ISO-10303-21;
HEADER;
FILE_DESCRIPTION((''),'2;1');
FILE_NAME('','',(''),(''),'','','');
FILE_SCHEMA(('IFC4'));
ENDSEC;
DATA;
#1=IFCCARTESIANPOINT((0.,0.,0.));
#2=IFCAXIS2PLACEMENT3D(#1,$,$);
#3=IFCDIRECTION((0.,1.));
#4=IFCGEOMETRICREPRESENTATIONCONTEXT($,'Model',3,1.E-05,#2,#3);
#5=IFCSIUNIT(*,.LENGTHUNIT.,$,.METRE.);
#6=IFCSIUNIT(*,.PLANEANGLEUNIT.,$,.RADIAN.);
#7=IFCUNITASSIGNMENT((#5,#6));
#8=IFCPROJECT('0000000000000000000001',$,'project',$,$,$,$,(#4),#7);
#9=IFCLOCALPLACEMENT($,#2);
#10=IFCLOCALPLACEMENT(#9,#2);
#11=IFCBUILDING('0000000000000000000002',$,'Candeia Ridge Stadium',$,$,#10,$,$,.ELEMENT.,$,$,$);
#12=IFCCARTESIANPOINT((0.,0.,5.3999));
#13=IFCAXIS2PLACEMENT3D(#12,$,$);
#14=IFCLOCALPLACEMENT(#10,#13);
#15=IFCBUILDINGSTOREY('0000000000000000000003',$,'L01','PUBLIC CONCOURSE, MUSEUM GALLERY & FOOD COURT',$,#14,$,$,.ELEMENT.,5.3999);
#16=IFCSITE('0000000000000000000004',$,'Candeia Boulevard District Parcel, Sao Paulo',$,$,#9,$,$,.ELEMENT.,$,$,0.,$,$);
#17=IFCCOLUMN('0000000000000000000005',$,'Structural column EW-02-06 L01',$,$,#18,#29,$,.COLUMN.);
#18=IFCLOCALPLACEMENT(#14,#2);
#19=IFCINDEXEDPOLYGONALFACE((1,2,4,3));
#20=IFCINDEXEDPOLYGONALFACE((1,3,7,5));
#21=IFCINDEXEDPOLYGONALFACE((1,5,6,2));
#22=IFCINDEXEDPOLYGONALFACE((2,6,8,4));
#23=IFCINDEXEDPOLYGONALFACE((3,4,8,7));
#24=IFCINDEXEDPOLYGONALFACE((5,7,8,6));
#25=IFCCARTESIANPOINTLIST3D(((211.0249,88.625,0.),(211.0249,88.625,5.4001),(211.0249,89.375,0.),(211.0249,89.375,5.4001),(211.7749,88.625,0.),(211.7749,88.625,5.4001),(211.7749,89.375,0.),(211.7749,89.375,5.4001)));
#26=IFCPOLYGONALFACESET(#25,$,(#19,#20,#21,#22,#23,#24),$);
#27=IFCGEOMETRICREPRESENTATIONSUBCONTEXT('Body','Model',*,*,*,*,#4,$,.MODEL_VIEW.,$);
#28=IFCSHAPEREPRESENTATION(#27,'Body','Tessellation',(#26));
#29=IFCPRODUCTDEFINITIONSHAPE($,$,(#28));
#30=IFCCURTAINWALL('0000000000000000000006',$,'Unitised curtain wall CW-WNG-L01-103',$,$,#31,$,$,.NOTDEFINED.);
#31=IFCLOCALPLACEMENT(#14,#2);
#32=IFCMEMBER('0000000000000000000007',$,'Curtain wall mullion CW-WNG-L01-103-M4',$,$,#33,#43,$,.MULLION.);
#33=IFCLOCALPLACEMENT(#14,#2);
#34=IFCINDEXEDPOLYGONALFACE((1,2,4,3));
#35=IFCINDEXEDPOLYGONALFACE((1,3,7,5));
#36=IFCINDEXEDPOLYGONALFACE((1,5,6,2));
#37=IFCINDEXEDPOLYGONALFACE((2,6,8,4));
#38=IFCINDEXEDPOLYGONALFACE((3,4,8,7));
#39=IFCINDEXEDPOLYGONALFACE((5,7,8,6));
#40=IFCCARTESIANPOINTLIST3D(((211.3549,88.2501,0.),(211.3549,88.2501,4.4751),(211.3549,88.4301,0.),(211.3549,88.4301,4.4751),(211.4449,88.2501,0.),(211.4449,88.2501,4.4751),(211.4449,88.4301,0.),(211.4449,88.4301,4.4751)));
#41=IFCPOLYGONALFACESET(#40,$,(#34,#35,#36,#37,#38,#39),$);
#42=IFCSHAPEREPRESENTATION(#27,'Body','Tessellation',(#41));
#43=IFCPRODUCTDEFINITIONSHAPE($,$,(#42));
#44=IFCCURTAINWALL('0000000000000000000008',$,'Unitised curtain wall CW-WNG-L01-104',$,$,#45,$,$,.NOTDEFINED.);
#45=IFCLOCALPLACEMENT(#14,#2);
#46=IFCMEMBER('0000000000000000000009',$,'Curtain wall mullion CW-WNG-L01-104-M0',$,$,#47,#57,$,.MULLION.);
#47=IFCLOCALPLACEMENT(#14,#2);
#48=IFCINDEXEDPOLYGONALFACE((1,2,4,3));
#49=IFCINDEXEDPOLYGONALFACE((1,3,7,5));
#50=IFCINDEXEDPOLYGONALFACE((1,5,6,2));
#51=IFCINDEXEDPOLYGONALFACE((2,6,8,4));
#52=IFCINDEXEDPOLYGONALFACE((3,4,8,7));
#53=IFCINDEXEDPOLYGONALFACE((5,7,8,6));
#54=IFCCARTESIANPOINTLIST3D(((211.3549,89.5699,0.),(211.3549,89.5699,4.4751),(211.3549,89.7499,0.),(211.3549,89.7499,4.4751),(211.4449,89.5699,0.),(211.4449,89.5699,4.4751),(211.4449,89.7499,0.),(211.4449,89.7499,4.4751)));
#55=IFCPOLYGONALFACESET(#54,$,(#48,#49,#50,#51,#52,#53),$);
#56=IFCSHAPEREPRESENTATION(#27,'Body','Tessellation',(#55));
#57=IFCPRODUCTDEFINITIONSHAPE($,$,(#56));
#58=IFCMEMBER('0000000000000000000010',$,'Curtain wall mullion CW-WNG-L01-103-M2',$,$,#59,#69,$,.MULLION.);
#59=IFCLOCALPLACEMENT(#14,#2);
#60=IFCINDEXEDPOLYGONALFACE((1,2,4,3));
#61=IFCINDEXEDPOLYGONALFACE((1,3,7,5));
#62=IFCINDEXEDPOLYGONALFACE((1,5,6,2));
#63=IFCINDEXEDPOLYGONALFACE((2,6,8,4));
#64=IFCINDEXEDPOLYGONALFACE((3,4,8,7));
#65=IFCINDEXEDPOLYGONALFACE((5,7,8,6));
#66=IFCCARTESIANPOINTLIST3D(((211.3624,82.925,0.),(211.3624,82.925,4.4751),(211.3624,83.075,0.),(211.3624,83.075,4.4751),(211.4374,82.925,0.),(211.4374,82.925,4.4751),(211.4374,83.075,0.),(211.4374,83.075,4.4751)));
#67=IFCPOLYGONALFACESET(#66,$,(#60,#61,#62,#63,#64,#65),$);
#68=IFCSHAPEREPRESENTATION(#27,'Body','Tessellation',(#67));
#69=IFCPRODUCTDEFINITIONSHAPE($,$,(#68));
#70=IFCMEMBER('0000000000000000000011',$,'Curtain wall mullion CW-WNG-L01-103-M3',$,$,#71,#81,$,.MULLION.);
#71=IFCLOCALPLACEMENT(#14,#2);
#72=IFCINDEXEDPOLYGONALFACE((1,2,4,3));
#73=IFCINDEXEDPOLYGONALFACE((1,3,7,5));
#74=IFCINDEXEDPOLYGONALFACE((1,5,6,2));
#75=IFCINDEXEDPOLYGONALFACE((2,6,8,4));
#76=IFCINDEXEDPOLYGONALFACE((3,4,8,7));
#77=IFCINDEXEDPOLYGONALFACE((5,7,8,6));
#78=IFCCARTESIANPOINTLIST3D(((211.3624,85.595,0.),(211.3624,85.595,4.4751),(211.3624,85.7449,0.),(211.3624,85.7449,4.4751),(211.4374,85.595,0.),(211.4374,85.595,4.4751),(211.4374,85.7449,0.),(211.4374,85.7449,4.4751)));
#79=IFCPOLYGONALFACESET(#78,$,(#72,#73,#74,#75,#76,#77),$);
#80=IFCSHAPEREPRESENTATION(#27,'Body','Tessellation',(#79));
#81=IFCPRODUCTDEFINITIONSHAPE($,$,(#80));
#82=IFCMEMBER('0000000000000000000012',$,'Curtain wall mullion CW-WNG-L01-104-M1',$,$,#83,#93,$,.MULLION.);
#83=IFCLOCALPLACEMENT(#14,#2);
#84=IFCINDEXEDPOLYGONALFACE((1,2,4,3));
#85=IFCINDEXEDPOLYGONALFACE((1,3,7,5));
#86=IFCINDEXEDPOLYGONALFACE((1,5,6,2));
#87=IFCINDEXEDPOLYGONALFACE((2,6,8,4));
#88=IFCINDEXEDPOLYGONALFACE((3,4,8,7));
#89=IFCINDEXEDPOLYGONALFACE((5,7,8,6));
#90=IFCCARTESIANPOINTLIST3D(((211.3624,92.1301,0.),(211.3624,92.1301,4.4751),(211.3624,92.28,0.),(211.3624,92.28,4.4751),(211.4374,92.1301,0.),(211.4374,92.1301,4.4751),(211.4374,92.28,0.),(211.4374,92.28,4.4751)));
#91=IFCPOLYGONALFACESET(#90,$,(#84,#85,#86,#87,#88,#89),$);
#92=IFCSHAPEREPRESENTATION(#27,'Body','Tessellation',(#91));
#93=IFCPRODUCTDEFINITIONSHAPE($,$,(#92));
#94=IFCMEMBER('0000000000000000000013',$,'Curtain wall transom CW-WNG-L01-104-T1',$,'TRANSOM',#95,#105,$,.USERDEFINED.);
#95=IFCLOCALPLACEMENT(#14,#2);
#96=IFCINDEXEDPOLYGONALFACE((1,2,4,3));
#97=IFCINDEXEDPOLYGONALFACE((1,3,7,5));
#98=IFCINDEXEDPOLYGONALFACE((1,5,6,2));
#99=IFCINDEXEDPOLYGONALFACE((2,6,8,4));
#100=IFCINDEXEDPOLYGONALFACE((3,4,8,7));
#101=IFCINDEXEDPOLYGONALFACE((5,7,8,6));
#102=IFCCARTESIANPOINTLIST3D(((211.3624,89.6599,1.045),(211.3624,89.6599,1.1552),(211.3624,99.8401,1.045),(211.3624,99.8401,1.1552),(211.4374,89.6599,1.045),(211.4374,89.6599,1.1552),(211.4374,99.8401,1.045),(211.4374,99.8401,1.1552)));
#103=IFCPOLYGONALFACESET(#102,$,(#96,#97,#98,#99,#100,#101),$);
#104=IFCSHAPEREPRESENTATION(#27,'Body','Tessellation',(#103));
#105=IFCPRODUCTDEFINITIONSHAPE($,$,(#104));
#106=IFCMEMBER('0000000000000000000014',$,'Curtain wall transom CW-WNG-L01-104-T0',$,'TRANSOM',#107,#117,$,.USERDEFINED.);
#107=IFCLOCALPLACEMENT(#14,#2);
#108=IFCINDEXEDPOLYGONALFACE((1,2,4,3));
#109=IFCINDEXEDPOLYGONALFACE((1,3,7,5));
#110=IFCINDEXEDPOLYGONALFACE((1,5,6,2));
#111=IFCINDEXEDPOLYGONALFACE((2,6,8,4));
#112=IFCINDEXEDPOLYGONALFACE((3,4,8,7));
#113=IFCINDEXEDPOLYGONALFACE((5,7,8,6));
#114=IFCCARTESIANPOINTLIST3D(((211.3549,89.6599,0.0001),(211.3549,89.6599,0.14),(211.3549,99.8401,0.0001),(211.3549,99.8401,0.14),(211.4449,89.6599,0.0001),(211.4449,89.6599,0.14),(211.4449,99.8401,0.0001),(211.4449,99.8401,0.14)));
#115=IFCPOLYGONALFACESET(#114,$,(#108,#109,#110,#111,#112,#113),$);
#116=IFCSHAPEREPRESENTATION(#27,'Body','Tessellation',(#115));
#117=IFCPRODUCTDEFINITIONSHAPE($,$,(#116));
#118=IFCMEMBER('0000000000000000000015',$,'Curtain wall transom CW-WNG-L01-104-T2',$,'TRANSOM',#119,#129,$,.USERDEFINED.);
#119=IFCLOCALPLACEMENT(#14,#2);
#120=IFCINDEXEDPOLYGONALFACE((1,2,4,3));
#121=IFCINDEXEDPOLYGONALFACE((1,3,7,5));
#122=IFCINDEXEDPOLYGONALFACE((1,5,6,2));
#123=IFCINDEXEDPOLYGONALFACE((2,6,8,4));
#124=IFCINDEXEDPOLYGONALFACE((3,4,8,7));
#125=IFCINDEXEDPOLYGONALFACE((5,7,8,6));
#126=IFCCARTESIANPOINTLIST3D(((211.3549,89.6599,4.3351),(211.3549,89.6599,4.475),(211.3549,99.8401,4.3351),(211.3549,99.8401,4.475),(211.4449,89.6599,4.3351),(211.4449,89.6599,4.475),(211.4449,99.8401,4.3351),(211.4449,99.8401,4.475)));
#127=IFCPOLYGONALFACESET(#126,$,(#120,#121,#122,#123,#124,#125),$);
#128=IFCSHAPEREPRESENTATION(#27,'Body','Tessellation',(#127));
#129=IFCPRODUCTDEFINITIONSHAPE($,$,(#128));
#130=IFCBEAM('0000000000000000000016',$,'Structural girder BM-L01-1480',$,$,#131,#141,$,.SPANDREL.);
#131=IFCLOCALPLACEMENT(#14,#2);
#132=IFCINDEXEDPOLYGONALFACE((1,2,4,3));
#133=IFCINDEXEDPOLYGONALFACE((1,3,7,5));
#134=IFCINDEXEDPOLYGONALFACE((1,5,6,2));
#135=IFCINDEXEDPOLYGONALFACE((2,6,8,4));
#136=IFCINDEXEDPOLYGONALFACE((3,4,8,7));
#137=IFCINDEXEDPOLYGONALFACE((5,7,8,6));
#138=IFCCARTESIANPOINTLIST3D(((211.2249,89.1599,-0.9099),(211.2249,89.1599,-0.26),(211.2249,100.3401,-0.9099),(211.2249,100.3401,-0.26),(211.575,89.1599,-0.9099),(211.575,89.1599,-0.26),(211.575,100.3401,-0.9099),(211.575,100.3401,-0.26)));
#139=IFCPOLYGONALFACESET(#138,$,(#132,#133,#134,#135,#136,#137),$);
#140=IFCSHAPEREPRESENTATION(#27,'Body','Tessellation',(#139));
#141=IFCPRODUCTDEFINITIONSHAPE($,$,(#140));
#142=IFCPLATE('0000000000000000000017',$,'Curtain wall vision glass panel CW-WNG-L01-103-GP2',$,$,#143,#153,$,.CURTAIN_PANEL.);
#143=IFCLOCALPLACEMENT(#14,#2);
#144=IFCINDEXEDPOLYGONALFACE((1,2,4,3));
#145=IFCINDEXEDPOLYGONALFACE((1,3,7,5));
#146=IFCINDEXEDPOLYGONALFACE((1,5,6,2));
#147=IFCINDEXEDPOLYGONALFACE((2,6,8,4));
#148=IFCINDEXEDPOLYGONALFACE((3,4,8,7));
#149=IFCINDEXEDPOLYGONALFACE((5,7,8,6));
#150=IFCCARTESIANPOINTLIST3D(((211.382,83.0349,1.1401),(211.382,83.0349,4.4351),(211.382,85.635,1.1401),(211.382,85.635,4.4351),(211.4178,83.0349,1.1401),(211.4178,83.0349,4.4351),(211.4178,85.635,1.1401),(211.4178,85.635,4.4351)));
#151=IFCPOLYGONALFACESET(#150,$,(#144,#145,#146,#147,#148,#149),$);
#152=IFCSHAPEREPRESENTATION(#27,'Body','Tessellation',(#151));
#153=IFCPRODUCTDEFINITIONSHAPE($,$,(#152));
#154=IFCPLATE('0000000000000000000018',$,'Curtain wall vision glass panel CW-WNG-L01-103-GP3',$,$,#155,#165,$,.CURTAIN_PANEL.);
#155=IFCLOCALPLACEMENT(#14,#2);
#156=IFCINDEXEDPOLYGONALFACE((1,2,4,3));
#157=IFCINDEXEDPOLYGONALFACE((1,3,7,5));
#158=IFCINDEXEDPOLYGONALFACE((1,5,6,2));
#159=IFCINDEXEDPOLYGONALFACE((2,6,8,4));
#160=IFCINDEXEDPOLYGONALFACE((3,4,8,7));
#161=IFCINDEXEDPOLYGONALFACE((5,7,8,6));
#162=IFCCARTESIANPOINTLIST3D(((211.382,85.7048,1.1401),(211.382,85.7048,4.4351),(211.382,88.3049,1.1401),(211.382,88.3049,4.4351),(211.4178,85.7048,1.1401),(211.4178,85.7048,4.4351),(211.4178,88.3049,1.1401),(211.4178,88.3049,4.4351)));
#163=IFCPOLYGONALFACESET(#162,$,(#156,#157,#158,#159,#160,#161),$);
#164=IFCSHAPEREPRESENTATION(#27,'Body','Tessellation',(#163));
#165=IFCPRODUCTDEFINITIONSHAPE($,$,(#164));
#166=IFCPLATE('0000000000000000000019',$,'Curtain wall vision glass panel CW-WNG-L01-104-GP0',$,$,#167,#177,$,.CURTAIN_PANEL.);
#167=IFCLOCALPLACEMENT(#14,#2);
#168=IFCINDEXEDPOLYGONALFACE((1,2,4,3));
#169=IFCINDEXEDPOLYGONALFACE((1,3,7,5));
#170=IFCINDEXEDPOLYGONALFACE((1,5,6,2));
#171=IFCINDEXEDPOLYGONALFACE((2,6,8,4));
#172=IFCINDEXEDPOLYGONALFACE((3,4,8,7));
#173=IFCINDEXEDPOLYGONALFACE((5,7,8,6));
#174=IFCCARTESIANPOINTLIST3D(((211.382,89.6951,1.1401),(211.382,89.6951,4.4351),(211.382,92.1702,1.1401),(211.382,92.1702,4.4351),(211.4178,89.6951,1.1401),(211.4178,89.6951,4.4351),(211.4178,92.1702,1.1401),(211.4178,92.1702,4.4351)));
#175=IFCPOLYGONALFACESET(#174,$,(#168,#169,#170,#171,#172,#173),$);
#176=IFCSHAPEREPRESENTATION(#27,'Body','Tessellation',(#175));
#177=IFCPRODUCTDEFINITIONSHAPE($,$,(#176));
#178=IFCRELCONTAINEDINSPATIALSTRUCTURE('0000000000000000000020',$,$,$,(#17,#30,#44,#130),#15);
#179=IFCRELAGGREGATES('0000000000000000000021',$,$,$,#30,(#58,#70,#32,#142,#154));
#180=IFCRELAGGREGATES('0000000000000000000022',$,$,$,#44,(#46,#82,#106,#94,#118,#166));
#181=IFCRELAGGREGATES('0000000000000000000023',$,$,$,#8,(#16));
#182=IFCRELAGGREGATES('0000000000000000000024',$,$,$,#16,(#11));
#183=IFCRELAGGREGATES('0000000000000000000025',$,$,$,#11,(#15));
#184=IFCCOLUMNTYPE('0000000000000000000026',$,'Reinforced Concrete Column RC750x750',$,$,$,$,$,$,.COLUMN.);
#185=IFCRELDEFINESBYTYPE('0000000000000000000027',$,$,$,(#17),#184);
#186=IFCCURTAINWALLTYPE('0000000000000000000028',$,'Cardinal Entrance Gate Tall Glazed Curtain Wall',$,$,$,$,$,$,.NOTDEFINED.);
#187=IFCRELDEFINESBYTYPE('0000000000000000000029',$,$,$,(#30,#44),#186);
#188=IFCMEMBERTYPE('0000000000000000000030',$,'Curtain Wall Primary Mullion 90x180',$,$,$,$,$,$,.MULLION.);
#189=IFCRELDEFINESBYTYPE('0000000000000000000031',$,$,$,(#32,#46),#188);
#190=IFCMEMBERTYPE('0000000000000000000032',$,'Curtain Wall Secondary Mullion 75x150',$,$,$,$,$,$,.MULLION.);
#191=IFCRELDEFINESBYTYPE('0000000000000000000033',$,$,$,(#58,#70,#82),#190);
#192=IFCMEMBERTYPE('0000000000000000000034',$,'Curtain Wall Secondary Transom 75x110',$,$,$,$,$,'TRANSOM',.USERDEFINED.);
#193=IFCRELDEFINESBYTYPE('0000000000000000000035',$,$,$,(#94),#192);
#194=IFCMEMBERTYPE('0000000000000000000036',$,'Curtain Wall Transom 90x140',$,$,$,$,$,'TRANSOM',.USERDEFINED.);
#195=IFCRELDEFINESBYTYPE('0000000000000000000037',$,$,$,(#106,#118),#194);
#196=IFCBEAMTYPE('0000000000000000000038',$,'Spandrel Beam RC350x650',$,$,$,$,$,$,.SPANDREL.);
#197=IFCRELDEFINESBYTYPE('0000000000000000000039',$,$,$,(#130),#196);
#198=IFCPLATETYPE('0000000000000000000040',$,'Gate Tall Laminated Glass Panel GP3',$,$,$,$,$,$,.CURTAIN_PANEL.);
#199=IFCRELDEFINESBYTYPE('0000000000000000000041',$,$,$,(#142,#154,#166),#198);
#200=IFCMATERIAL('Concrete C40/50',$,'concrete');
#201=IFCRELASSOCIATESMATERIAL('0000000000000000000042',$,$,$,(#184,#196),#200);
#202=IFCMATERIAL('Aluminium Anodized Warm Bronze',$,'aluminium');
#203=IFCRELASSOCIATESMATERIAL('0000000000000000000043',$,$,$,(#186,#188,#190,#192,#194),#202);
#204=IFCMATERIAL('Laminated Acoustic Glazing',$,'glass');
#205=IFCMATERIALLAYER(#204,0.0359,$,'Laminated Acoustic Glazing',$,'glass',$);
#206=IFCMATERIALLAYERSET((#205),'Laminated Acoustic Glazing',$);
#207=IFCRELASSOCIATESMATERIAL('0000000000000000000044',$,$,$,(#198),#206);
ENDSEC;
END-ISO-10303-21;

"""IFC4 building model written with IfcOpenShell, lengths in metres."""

from ifc_helpers import new_model, si_unit, direction, frame, origin, origin_2d, place, context, subcontext, project, spatial, rectangle, extrude, material, layer, layer_set, material_profile, profile_set, type_object, element, aggregate, save


model = new_model("IFC4")

# Units and contexts
model_context = context("Model", 3, precision=1e-05, world=origin(), true_north=direction((0.0, 1.0)))
body_context = subcontext(model_context, "Body", "Model", "MODEL_VIEW")
ifc_project = project(units=[si_unit("LENGTHUNIT", "METRE"), si_unit("PLANEANGLEUNIT", "RADIAN")], contexts=[model_context])

# Site, building, storey
site_placement = place(None, origin())
site = spatial("IfcSite", under=ifc_project, at=site_placement, Name="Candeia Boulevard District Parcel, Sao Paulo", CompositionType="ELEMENT", RefElevation=0.0)
building_placement = place(site_placement, origin())
building = spatial("IfcBuilding", under=site, at=building_placement, Name="Candeia Ridge Stadium", CompositionType="ELEMENT")
storey_placement = place(building_placement, frame((0.0, 0.0, 5.3999)))
storey = spatial("IfcBuildingStorey", under=building, at=storey_placement, Name="L01", Description="PUBLIC CONCOURSE, MUSEUM GALLERY & FOOD COURT", CompositionType="ELEMENT", Elevation=5.3999)

# Column
ifc_material_1 = material(Name="Concrete C40/50", Category="concrete")
ifc_material_profile_1 = material_profile(ifc_material_1, rectangle(XDim=0.75, YDim=0.75, at=origin_2d()), Name="RC750x750", Category="concrete")
ifc_profile_set_1 = profile_set([ifc_material_profile_1], Name="Concrete C40/50")
column_type = type_object("IfcColumnType", Name="Reinforced Concrete Column RC750x750", PredefinedType="COLUMN", material=ifc_profile_set_1)
column_placement = place(storey_placement, frame((211.3999, 89.0, 0.0), z_axis=(0.0, 0.0, 1.0), x_axis=(1.0, 0.0, 0.0)))
element("IfcColumn", 1, at=column_placement, inside=storey, type_object=column_type, Name="Structural column EW-02-06 L01", PredefinedType="COLUMN", context=body_context, shape_type="SweptSolid", body=[
    extrude(rectangle(XDim=0.75, YDim=0.75, at=origin_2d()), origin(), (0.0, 0.0, 1.0), 5.4001),
])

# Curtain walls, members
ifc_material_2 = material(Name="Aluminium Anodized Warm Bronze", Category="aluminium")
curtain_wall_type = type_object("IfcCurtainWallType", Name="Cardinal Entrance Gate Tall Glazed Curtain Wall", PredefinedType="NOTDEFINED", material=ifc_material_2)
curtain_wall_1_placement = place(storey_placement, origin())
curtain_wall_1 = element("IfcCurtainWall", 2, at=curtain_wall_1_placement, inside=storey, type_object=curtain_wall_type, Name="Unitised curtain wall CW-WNG-L01-103", PredefinedType="NOTDEFINED")
ifc_material_profile_2 = material_profile(ifc_material_2, rectangle(XDim=0.0901, YDim=0.1799, at=origin_2d()), Name="CWM-90x180", Category="aluminium")
ifc_profile_set_2 = profile_set([ifc_material_profile_2], Name="Aluminium Anodized Warm Bronze")
member_type_1 = type_object("IfcMemberType", Name="Curtain Wall Primary Mullion 90x180", PredefinedType="MULLION", material=ifc_profile_set_2)
member_1_placement = place(storey_placement, frame((211.3999, 88.3401, 0.0), z_axis=(0.0, 0.0, 1.0), x_axis=(1.0, 0.0, 0.0)))
member_1 = element("IfcMember", 3, at=member_1_placement, type_object=member_type_1, Name="Curtain wall mullion CW-WNG-L01-103-M4", PredefinedType="MULLION", context=body_context, shape_type="SweptSolid", body=[
    extrude(rectangle(XDim=0.0901, YDim=0.1799, at=origin_2d()), origin(), (0.0, 0.0, 1.0), 4.4751),
])
curtain_wall_2_placement = place(storey_placement, origin())
curtain_wall_2 = element("IfcCurtainWall", 4, at=curtain_wall_2_placement, inside=storey, type_object=curtain_wall_type, Name="Unitised curtain wall CW-WNG-L01-104", PredefinedType="NOTDEFINED")
member_2_placement = place(storey_placement, frame((211.3999, 89.6599, 0.0), z_axis=(0.0, 0.0, 1.0), x_axis=(1.0, 0.0, 0.0)))
member_2 = element("IfcMember", 5, at=member_2_placement, type_object=member_type_1, Name="Curtain wall mullion CW-WNG-L01-104-M0", PredefinedType="MULLION", context=body_context, shape_type="SweptSolid", body=[
    extrude(rectangle(XDim=0.0901, YDim=0.1799, at=origin_2d()), origin(), (0.0, 0.0, 1.0), 4.4751),
])

# Members
ifc_material_profile_3 = material_profile(ifc_material_2, rectangle(XDim=0.075, YDim=0.1499, at=origin_2d()), Name="CWM-75x150", Category="aluminium")
ifc_profile_set_3 = profile_set([ifc_material_profile_3], Name="Aluminium Anodized Warm Bronze")
member_type_2 = type_object("IfcMemberType", Name="Curtain Wall Secondary Mullion 75x150", PredefinedType="MULLION", material=ifc_profile_set_3)
member_3_placement = place(storey_placement, frame((211.3999, 83.0, 0.0), z_axis=(0.0, 0.0, 1.0), x_axis=(1.0, 0.0, 0.0)))
member_3 = element("IfcMember", 6, at=member_3_placement, type_object=member_type_2, Name="Curtain wall mullion CW-WNG-L01-103-M2", PredefinedType="MULLION", context=body_context, shape_type="SweptSolid", body=[
    extrude(rectangle(XDim=0.075, YDim=0.1499, at=origin_2d()), origin(), (0.0, 0.0, 1.0), 4.4751),
])
member_4_placement = place(storey_placement, frame((211.3999, 85.6699, 0.0), z_axis=(0.0, 0.0, 1.0), x_axis=(1.0, 0.0, 0.0)))
member_4 = element("IfcMember", 7, at=member_4_placement, type_object=member_type_2, Name="Curtain wall mullion CW-WNG-L01-103-M3", PredefinedType="MULLION", context=body_context, shape_type="SweptSolid", body=[
    extrude(rectangle(XDim=0.075, YDim=0.1499, at=origin_2d()), origin(), (0.0, 0.0, 1.0), 4.4751),
])
member_5_placement = place(storey_placement, frame((211.3999, 92.2051, 0.0), z_axis=(0.0, 0.0, 1.0), x_axis=(1.0, 0.0, 0.0)))
member_5 = element("IfcMember", 8, at=member_5_placement, type_object=member_type_2, Name="Curtain wall mullion CW-WNG-L01-104-M1", PredefinedType="MULLION", context=body_context, shape_type="SweptSolid", body=[
    extrude(rectangle(XDim=0.075, YDim=0.1499, at=origin_2d()), origin(), (0.0, 0.0, 1.0), 4.4751),
])
ifc_material_profile_4 = material_profile(ifc_material_2, rectangle(XDim=0.075, YDim=0.1101, at=origin_2d()), Name="CWT-75x110", Category="aluminium")
ifc_profile_set_4 = profile_set([ifc_material_profile_4], Name="Aluminium Anodized Warm Bronze")
member_type_3 = type_object("IfcMemberType", Name="Curtain Wall Secondary Transom 75x110", ElementType="TRANSOM", PredefinedType="USERDEFINED", material=ifc_profile_set_4)
member_6_placement = place(storey_placement, frame((211.3999, 89.6599, 1.1001), z_axis=(0.0, 1.0, 0.0), x_axis=(-1.0, 0.0, 0.0)))
member_6 = element("IfcMember", 9, at=member_6_placement, type_object=member_type_3, Name="Curtain wall transom CW-WNG-L01-104-T1", ObjectType="TRANSOM", PredefinedType="USERDEFINED", context=body_context, shape_type="SweptSolid", body=[
    extrude(rectangle(XDim=0.075, YDim=0.1101, at=origin_2d()), origin(), (0.0, 0.0, 1.0), 10.1802),
])
ifc_material_profile_5 = material_profile(ifc_material_2, rectangle(XDim=0.0901, YDim=0.1399, at=origin_2d()), Name="CWT-90x140", Category="aluminium")
ifc_profile_set_5 = profile_set([ifc_material_profile_5], Name="Aluminium Anodized Warm Bronze")
member_type_4 = type_object("IfcMemberType", Name="Curtain Wall Transom 90x140", ElementType="TRANSOM", PredefinedType="USERDEFINED", material=ifc_profile_set_5)
member_7_placement = place(storey_placement, frame((211.3999, 89.6599, 0.0701), z_axis=(0.0, 1.0, 0.0), x_axis=(-1.0, 0.0, 0.0)))
member_7 = element("IfcMember", 10, at=member_7_placement, type_object=member_type_4, Name="Curtain wall transom CW-WNG-L01-104-T0", ObjectType="TRANSOM", PredefinedType="USERDEFINED", context=body_context, shape_type="SweptSolid", body=[
    extrude(rectangle(XDim=0.0901, YDim=0.1399, at=origin_2d()), origin(), (0.0, 0.0, 1.0), 10.1802),
])
member_8_placement = place(storey_placement, frame((211.3999, 89.6599, 4.405), z_axis=(0.0, 1.0, 0.0), x_axis=(-1.0, 0.0, 0.0)))
member_8 = element("IfcMember", 11, at=member_8_placement, type_object=member_type_4, Name="Curtain wall transom CW-WNG-L01-104-T2", ObjectType="TRANSOM", PredefinedType="USERDEFINED", context=body_context, shape_type="SweptSolid", body=[
    extrude(rectangle(XDim=0.0901, YDim=0.1399, at=origin_2d()), origin(), (0.0, 0.0, 1.0), 10.1802),
])

# Beam
ifc_material_profile_6 = material_profile(ifc_material_1, rectangle(XDim=0.3501, YDim=0.6499, at=origin_2d()), Name="RC350x650", Category="concrete")
ifc_profile_set_6 = profile_set([ifc_material_profile_6], Name="Concrete C40/50")
beam_type = type_object("IfcBeamType", Name="Spandrel Beam RC350x650", PredefinedType="SPANDREL", material=ifc_profile_set_6)
beam_placement = place(storey_placement, frame((211.3999, 89.1599, -0.585), z_axis=(0.0, 1.0, 0.0), x_axis=(-1.0, 0.0, 0.0)))
element("IfcBeam", 12, at=beam_placement, inside=storey, type_object=beam_type, Name="Structural girder BM-L01-1480", PredefinedType="SPANDREL", context=body_context, shape_type="SweptSolid", body=[
    extrude(rectangle(XDim=0.3501, YDim=0.6499, at=origin_2d()), origin(), (0.0, 0.0, 1.0), 11.1802),
])

# Plates
ifc_material_3 = material(Name="Laminated Acoustic Glazing", Category="glass")
ifc_layer_1 = layer(ifc_material_3, 0.0359, Name="Laminated Acoustic Glazing", Category="glass")
ifc_layer_set_1 = layer_set([ifc_layer_1], Name="Laminated Acoustic Glazing")
plate_type_1 = type_object("IfcPlateType", Name="Gate Tall Laminated Glass Panel GP3", PredefinedType="CURTAIN_PANEL", material=ifc_layer_set_1)
plate_1_placement = place(storey_placement, frame((211.3999, 84.335, 1.1401), z_axis=(0.0, 0.0, 1.0), x_axis=(0.0, 1.0, 0.0)))
plate_1 = element("IfcPlate", 13, at=plate_1_placement, type_object=plate_type_1, Name="Curtain wall vision glass panel CW-WNG-L01-103-GP2", PredefinedType="CURTAIN_PANEL", context=body_context, shape_type="SweptSolid", body=[
    extrude(rectangle(XDim=2.6001, YDim=0.0359, at=origin_2d()), origin(), (0.0, 0.0, 1.0), 3.2949),
])
plate_2_placement = place(storey_placement, frame((211.3999, 87.0049, 1.1401), z_axis=(0.0, 0.0, 1.0), x_axis=(0.0, 1.0, 0.0)))
plate_2 = element("IfcPlate", 14, at=plate_2_placement, type_object=plate_type_1, Name="Curtain wall vision glass panel CW-WNG-L01-103-GP3", PredefinedType="CURTAIN_PANEL", context=body_context, shape_type="SweptSolid", body=[
    extrude(rectangle(XDim=2.6001, YDim=0.0359, at=origin_2d()), origin(), (0.0, 0.0, 1.0), 3.2949),
])
plate_3_placement = place(storey_placement, frame((211.3999, 90.9326, 1.1401), z_axis=(0.0, 0.0, 1.0), x_axis=(0.0, 1.0, 0.0)))
plate_3 = element("IfcPlate", 15, at=plate_3_placement, type_object=plate_type_1, Name="Curtain wall vision glass panel CW-WNG-L01-104-GP0", PredefinedType="CURTAIN_PANEL", context=body_context, shape_type="SweptSolid", body=[
    extrude(rectangle(XDim=2.4751, YDim=0.0359, at=origin_2d()), origin(), (0.0, 0.0, 1.0), 3.2949),
])
aggregate(curtain_wall_1, [member_3, member_4, member_1, plate_1, plate_2])
aggregate(curtain_wall_2, [member_2, member_5, member_7, member_6, member_8, plate_3])

save(model, "model.ifc")
